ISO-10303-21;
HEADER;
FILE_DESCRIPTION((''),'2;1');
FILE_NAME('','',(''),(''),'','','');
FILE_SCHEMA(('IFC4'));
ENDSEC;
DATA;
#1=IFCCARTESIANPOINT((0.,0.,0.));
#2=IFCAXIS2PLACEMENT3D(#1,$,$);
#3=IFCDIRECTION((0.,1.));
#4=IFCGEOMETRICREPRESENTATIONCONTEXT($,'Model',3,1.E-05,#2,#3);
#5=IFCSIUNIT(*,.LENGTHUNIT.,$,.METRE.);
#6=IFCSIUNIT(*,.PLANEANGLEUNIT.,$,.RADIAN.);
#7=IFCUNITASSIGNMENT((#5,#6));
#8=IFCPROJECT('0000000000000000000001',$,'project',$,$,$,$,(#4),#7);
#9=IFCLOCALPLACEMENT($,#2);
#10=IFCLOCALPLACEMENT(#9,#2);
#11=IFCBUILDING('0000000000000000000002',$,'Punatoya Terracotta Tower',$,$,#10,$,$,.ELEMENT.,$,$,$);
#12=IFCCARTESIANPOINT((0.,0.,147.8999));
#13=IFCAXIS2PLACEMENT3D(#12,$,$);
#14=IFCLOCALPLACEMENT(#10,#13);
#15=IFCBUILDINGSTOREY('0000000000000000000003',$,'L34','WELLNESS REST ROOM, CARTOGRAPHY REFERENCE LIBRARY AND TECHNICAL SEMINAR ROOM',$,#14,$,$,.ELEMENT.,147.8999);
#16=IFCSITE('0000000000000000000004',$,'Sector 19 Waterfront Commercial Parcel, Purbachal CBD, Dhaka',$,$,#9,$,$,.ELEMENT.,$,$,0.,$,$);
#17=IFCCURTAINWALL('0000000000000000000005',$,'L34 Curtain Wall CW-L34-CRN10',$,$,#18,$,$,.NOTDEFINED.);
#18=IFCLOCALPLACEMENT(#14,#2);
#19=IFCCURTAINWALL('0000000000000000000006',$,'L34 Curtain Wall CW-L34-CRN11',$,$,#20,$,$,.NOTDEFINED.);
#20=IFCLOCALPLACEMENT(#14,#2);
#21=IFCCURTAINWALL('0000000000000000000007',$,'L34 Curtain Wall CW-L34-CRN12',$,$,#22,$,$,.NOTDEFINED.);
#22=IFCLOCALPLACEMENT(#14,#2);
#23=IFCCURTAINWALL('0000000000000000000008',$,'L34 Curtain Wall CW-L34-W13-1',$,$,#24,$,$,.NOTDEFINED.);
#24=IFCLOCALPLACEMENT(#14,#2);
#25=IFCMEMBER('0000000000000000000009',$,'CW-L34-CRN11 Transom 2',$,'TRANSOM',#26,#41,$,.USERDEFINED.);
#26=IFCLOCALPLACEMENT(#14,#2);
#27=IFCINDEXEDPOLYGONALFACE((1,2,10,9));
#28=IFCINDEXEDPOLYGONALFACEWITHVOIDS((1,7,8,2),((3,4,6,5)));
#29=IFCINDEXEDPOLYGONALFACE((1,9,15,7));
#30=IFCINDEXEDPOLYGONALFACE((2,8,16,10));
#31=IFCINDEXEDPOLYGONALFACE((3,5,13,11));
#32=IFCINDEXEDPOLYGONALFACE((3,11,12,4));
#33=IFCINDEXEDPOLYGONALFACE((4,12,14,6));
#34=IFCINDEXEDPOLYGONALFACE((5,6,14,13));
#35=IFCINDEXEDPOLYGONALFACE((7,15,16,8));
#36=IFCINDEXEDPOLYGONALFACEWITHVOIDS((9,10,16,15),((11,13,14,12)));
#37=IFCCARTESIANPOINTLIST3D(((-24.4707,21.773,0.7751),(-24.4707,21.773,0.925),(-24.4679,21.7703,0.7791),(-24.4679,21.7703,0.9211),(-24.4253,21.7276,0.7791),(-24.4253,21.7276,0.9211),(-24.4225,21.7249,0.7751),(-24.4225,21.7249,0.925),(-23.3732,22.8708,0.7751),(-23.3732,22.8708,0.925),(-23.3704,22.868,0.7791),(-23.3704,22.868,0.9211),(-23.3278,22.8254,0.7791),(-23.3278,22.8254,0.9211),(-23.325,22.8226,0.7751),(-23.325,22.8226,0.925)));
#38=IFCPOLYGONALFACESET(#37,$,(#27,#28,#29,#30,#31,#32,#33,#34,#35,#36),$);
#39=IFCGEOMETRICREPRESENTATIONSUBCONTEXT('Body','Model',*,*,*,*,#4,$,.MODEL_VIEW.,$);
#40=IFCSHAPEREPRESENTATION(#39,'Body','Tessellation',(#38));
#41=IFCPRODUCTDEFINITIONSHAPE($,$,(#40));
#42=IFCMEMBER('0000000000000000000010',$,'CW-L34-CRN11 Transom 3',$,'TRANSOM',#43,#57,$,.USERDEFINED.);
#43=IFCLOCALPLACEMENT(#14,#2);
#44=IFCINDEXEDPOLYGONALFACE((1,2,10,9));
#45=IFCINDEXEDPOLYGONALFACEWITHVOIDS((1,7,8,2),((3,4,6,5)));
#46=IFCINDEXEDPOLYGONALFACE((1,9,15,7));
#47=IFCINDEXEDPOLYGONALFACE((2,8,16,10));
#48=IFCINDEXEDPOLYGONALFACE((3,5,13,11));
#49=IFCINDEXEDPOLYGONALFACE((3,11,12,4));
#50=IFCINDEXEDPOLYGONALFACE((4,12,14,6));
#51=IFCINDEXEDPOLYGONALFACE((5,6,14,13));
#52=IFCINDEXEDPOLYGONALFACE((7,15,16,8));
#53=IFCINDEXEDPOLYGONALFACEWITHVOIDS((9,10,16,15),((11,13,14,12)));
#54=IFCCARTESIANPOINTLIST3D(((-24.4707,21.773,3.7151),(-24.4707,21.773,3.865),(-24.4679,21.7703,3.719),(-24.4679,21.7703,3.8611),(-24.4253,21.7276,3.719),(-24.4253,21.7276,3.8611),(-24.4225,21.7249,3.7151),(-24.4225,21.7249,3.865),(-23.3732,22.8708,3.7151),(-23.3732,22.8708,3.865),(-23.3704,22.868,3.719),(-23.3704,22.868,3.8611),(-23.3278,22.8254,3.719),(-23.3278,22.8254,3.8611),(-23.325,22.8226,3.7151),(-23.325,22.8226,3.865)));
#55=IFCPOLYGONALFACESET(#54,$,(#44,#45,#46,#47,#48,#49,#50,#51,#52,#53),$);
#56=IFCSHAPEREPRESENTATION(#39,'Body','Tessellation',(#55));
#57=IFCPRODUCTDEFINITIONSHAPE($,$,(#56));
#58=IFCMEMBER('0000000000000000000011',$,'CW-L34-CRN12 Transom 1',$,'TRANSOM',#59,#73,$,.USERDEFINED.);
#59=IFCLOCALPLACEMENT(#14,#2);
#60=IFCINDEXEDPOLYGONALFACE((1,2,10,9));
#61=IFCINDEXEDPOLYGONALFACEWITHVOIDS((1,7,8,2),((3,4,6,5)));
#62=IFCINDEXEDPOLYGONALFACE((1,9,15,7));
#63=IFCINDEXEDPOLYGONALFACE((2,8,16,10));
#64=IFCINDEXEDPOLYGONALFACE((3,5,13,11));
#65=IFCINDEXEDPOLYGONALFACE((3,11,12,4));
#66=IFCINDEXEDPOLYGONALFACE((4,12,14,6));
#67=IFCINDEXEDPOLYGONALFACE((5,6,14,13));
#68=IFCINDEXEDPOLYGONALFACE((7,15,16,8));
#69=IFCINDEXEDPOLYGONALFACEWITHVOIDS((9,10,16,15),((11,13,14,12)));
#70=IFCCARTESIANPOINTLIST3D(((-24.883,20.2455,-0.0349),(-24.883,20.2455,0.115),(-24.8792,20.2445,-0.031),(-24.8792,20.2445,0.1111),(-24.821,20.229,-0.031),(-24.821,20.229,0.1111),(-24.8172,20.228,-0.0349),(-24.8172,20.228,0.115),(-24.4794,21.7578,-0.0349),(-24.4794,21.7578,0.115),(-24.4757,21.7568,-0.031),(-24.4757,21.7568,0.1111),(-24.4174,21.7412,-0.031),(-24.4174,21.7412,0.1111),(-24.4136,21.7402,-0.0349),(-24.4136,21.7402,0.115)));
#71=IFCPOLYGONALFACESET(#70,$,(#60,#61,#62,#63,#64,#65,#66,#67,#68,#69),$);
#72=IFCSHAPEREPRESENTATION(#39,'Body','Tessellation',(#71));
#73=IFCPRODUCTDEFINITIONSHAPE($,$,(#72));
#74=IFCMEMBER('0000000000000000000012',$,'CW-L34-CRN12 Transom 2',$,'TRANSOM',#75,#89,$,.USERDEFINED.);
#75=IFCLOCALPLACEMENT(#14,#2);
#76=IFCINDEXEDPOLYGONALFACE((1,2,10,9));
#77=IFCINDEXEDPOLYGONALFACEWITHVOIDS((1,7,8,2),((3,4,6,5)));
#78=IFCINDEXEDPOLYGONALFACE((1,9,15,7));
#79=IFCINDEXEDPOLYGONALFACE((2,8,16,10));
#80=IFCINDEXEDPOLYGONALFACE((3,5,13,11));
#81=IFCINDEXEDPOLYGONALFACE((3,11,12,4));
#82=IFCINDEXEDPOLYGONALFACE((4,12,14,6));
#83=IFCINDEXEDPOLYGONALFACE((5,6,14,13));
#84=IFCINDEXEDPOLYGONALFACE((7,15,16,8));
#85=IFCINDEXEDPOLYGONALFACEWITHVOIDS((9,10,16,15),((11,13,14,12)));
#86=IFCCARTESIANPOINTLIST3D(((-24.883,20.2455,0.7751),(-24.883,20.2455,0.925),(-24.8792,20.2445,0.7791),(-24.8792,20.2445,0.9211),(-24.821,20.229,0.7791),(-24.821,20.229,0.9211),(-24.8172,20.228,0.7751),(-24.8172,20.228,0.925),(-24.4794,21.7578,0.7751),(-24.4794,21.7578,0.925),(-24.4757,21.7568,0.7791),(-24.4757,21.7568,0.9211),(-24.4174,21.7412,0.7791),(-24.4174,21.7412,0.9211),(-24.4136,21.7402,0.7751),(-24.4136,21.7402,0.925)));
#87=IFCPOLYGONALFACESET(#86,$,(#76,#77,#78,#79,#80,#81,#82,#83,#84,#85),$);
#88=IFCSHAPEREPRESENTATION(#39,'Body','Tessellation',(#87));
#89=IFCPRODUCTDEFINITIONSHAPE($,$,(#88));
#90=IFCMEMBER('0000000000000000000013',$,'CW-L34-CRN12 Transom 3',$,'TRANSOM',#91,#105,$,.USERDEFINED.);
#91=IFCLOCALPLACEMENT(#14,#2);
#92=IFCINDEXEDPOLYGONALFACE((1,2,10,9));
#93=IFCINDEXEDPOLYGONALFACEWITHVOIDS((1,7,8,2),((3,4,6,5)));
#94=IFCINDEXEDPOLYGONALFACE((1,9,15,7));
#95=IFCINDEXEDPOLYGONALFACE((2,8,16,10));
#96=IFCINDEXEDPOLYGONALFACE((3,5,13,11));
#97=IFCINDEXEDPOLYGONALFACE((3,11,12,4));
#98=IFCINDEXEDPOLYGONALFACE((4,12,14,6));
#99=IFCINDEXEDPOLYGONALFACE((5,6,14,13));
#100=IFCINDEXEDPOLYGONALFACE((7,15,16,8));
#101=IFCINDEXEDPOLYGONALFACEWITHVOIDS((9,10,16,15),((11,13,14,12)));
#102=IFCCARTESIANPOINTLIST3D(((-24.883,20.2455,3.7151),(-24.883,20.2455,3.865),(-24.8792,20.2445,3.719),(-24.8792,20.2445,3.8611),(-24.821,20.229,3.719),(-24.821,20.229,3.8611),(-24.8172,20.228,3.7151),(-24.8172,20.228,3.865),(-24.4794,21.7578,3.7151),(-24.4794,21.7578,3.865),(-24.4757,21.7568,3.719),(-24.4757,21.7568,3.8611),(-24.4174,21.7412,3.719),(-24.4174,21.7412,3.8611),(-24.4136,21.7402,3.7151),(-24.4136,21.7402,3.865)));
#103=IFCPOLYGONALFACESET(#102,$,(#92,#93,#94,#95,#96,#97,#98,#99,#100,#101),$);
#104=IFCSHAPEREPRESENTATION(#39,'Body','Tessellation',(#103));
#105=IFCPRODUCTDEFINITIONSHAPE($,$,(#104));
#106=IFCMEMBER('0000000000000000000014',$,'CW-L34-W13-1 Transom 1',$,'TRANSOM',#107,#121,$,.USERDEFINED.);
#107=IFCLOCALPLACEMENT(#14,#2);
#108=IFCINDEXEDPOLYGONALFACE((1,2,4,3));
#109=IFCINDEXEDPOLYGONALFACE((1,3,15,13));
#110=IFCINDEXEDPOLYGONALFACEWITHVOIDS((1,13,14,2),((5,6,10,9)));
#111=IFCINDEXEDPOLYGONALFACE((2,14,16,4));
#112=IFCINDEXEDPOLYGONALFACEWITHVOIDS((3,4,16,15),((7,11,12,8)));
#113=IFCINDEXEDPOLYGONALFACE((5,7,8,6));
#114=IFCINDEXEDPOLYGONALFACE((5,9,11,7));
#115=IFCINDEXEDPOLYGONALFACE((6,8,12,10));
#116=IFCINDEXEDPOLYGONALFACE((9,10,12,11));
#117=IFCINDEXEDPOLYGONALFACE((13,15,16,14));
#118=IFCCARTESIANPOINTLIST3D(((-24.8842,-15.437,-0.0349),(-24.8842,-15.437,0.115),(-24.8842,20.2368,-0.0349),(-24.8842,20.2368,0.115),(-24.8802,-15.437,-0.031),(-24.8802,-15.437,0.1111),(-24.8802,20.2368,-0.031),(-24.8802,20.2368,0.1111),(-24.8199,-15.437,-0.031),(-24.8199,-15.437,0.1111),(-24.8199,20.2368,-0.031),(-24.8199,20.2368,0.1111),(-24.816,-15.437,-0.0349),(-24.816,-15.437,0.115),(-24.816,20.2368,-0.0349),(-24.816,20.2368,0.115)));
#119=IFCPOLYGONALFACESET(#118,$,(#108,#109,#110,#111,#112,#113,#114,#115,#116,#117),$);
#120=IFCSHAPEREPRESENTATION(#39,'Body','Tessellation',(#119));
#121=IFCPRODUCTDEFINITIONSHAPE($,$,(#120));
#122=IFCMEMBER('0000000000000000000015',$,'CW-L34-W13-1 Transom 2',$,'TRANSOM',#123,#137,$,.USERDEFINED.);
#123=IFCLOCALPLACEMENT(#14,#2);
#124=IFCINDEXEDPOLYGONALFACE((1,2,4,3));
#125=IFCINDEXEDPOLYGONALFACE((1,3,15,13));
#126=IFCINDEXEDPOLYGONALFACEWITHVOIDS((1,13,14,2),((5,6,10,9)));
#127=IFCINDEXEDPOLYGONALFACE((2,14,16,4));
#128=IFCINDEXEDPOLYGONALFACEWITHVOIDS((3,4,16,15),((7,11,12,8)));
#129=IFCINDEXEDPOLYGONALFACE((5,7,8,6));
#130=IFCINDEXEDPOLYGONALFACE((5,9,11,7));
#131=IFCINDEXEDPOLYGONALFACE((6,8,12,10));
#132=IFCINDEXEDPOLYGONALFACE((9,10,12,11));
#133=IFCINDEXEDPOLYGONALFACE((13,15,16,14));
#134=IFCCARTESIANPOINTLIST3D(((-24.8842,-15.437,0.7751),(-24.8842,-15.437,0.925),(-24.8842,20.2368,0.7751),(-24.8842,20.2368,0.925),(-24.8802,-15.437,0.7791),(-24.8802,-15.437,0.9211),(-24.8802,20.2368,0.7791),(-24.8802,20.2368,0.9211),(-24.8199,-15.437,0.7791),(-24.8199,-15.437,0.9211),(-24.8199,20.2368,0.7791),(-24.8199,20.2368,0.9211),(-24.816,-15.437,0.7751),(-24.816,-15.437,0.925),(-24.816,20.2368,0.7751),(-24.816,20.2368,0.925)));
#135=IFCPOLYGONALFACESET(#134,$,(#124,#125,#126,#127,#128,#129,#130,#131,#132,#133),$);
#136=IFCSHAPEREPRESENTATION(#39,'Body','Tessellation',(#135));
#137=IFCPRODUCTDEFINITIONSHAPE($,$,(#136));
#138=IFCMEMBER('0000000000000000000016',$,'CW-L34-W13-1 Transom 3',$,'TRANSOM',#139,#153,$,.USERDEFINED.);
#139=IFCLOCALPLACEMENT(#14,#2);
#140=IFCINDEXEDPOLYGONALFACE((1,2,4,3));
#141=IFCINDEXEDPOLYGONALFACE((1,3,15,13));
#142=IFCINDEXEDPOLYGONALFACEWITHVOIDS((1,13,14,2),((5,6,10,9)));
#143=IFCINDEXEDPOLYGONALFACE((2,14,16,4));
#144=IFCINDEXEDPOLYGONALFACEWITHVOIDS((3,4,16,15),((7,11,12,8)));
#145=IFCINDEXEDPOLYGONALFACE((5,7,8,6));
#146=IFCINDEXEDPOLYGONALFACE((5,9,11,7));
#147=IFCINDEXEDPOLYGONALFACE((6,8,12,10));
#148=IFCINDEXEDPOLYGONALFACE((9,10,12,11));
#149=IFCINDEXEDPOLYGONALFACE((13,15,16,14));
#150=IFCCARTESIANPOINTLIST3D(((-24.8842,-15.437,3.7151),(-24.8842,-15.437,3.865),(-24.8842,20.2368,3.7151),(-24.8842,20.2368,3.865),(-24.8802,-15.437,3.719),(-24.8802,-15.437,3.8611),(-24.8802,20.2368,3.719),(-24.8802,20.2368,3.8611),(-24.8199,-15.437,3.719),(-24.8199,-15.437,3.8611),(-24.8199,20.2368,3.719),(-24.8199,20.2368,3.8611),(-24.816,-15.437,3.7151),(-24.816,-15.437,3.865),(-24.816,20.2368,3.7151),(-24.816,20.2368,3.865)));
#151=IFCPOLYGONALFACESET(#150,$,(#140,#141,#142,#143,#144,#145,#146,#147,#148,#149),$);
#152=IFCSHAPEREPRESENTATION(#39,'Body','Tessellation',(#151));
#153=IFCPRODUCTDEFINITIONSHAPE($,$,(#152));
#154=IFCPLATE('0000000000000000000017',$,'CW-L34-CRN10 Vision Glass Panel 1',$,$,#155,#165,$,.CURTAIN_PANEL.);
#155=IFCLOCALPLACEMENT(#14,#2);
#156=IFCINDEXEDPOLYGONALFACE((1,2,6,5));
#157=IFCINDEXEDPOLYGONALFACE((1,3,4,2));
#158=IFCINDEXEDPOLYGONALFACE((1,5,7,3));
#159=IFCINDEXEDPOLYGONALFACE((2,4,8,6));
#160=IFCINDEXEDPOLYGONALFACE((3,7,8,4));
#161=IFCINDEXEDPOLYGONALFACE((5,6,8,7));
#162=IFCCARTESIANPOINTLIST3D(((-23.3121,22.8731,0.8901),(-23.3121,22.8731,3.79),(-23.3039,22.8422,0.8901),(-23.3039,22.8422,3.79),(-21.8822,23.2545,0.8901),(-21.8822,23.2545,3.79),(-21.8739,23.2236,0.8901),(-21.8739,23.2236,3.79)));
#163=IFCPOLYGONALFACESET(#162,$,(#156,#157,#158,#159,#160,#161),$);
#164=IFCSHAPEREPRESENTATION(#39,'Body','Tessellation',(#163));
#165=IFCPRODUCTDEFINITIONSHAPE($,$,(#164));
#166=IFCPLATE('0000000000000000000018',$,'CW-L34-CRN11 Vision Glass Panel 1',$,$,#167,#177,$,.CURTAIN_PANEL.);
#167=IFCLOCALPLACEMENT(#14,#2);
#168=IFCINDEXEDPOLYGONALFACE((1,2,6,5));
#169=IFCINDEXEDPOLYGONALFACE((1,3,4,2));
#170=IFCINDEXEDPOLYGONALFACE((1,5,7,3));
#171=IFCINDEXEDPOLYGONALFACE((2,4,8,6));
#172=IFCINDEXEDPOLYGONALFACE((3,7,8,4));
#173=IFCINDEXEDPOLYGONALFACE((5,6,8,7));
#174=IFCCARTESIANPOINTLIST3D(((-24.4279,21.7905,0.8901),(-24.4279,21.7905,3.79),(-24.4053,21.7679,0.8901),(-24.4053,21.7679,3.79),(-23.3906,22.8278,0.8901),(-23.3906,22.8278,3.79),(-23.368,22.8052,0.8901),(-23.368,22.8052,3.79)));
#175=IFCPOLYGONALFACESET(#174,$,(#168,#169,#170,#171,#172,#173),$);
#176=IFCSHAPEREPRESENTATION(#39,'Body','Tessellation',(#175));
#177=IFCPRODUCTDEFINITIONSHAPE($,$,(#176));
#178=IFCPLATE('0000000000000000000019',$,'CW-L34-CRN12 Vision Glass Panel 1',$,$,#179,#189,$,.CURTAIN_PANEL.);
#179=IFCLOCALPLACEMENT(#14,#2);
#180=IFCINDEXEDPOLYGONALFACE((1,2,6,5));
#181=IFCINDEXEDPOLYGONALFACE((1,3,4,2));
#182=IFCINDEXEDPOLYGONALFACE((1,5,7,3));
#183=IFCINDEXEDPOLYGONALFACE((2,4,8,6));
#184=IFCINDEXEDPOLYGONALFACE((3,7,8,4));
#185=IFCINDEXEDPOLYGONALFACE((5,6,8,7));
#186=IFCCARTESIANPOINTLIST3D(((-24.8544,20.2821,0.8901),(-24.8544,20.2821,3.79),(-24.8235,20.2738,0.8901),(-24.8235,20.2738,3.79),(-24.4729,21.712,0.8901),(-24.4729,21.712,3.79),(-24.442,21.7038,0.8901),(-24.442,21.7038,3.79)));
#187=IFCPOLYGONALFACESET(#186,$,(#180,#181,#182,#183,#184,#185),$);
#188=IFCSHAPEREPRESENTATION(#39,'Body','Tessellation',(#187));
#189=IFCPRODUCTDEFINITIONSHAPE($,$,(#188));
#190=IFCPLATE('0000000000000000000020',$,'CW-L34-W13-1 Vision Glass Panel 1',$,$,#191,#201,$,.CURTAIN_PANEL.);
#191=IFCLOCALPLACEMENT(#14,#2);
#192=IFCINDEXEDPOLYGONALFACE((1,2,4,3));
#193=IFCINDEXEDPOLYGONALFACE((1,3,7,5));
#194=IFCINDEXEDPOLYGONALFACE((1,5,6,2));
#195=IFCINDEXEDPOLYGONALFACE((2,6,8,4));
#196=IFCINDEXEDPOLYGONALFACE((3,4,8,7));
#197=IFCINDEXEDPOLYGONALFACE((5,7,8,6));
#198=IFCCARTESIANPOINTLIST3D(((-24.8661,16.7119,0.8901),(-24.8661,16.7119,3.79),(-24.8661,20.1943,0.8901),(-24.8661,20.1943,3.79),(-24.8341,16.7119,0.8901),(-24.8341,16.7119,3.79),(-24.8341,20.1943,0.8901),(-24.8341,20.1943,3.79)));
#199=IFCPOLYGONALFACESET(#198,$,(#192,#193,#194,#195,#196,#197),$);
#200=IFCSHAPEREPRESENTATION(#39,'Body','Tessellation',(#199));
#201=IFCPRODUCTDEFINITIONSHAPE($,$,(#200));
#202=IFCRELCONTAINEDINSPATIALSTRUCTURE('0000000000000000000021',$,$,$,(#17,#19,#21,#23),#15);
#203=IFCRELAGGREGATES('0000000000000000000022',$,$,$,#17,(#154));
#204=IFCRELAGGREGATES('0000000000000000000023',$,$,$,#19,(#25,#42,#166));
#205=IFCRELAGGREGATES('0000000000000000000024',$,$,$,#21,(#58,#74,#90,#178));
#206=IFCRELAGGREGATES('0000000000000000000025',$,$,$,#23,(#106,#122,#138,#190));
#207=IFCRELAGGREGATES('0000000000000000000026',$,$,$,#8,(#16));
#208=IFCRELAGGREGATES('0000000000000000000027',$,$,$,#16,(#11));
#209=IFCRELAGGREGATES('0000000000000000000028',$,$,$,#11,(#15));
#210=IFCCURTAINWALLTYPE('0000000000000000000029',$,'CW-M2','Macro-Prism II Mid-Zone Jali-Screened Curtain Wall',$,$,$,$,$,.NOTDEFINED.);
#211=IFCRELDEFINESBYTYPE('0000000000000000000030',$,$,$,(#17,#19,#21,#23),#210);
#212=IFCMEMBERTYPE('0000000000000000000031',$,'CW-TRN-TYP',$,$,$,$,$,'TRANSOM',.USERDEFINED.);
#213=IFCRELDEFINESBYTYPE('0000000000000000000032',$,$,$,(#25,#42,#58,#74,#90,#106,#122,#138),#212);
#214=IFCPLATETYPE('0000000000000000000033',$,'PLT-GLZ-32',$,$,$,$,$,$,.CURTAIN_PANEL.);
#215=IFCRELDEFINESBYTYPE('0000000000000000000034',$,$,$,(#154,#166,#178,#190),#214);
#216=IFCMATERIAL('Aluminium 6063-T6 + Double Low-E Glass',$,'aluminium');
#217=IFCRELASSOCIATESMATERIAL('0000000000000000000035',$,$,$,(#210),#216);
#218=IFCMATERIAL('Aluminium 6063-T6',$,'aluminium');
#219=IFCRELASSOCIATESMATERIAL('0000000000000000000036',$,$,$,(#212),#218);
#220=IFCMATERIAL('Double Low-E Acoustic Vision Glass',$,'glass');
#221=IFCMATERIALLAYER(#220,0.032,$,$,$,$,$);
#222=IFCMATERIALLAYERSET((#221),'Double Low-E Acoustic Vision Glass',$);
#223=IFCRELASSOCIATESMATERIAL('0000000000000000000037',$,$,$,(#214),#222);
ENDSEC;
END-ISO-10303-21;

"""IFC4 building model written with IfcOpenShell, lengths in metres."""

from ifc_helpers import new_model, si_unit, direction, frame, origin, origin_2d, place, context, subcontext, project, spatial, rectangle, hollow_rectangle, extrude, material, layer, layer_set, material_profile, profile_set, type_object, element, aggregate, save


model = new_model("IFC4")

# Units and contexts
model_context = context("Model", 3, precision=1e-05, world=origin(), true_north=direction((0.0, 1.0)))
body_context = subcontext(model_context, "Body", "Model", "MODEL_VIEW")
ifc_project = project(units=[si_unit("LENGTHUNIT", "METRE"), si_unit("PLANEANGLEUNIT", "RADIAN")], contexts=[model_context])

# Site, building, storey
site_placement = place(None, origin())
site = spatial("IfcSite", under=ifc_project, at=site_placement, Name="Sector 19 Waterfront Commercial Parcel, Purbachal CBD, Dhaka", CompositionType="ELEMENT", RefElevation=0.0)
building_placement = place(site_placement, origin())
building = spatial("IfcBuilding", under=site, at=building_placement, Name="Punatoya Terracotta Tower", CompositionType="ELEMENT")
storey_placement = place(building_placement, frame((0.0, 0.0, 147.8999)))
storey = spatial("IfcBuildingStorey", under=building, at=storey_placement, Name="L34", Description="WELLNESS REST ROOM, CARTOGRAPHY REFERENCE LIBRARY AND TECHNICAL SEMINAR ROOM", CompositionType="ELEMENT", Elevation=147.8999)

# Curtain walls
ifc_material_1 = material(Name="Aluminium 6063-T6 + Double Low-E Glass", Category="aluminium")
curtain_wall_type = type_object("IfcCurtainWallType", Name="CW-M2", Description="Macro-Prism II Mid-Zone Jali-Screened Curtain Wall", PredefinedType="NOTDEFINED", material=ifc_material_1)
curtain_wall_1_placement = place(storey_placement, origin())
curtain_wall_1 = element("IfcCurtainWall", 1, at=curtain_wall_1_placement, inside=storey, type_object=curtain_wall_type, Name="L34 Curtain Wall CW-L34-CRN10", PredefinedType="NOTDEFINED")
ifc_material_2 = material(Name="Aluminium 6063-T6", Category="aluminium")
curtain_wall_2_placement = place(storey_placement, origin())
curtain_wall_2 = element("IfcCurtainWall", 2, at=curtain_wall_2_placement, inside=storey, type_object=curtain_wall_type, Name="L34 Curtain Wall CW-L34-CRN11", PredefinedType="NOTDEFINED")
curtain_wall_3_placement = place(storey_placement, origin())
curtain_wall_3 = element("IfcCurtainWall", 3, at=curtain_wall_3_placement, inside=storey, type_object=curtain_wall_type, Name="L34 Curtain Wall CW-L34-CRN12", PredefinedType="NOTDEFINED")

# Curtain wall
curtain_wall_4_placement = place(storey_placement, origin())
curtain_wall_4 = element("IfcCurtainWall", 4, at=curtain_wall_4_placement, inside=storey, type_object=curtain_wall_type, Name="L34 Curtain Wall CW-L34-W13-1", PredefinedType="NOTDEFINED")

# Members
ifc_material_profile_1 = material_profile(ifc_material_2, hollow_rectangle(XDim=0.0681, YDim=0.1499, WallThickness=0.0039, at=origin_2d()))
ifc_profile_set_1 = profile_set([ifc_material_profile_1], Name="Aluminium 6063-T6")
member_type_1 = type_object("IfcMemberType", Name="CW-TRN-TYP", ElementType="TRANSOM", PredefinedType="USERDEFINED", material=ifc_profile_set_1)
member_1_placement = place(storey_placement, frame((-23.3491, 22.8467, 0.8501), z_axis=(-0.707028, -0.707185, 0.0), x_axis=(0.707185, -0.707028, 0.0)))
member_1 = element("IfcMember", 5, at=member_1_placement, type_object=member_type_1, Name="CW-L34-CRN11 Transom 2", ObjectType="TRANSOM", PredefinedType="USERDEFINED", context=body_context, shape_type="SweptSolid", body=[
    extrude(hollow_rectangle(XDim=0.0681, YDim=0.1499, WallThickness=0.0039, at=origin_2d()), origin(), (0.0, 0.0, 1.0), 1.5522),
])
member_2_placement = place(storey_placement, frame((-23.3491, 22.8467, 3.79), z_axis=(-0.707028, -0.707185, 0.0), x_axis=(0.707185, -0.707028, 0.0)))
member_2 = element("IfcMember", 6, at=member_2_placement, type_object=member_type_1, Name="CW-L34-CRN11 Transom 3", ObjectType="TRANSOM", PredefinedType="USERDEFINED", context=body_context, shape_type="SweptSolid", body=[
    extrude(hollow_rectangle(XDim=0.0681, YDim=0.1499, WallThickness=0.0039, at=origin_2d()), origin(), (0.0, 0.0, 1.0), 1.5522),
])
member_3_placement = place(storey_placement, frame((-24.4465, 21.749, 0.04), z_axis=(-0.257847, -0.966186, 0.0), x_axis=(0.966186, -0.257847, 0.0)))
member_3 = element("IfcMember", 7, at=member_3_placement, type_object=member_type_1, Name="CW-L34-CRN12 Transom 1", ObjectType="TRANSOM", PredefinedType="USERDEFINED", context=body_context, shape_type="SweptSolid", body=[
    extrude(hollow_rectangle(XDim=0.0681, YDim=0.1499, WallThickness=0.0039, at=origin_2d()), origin(), (0.0, 0.0, 1.0), 1.5652),
])
member_4_placement = place(storey_placement, frame((-24.4465, 21.749, 0.8501), z_axis=(-0.257847, -0.966186, 0.0), x_axis=(0.966186, -0.257847, 0.0)))
member_4 = element("IfcMember", 8, at=member_4_placement, type_object=member_type_1, Name="CW-L34-CRN12 Transom 2", ObjectType="TRANSOM", PredefinedType="USERDEFINED", context=body_context, shape_type="SweptSolid", body=[
    extrude(hollow_rectangle(XDim=0.0681, YDim=0.1499, WallThickness=0.0039, at=origin_2d()), origin(), (0.0, 0.0, 1.0), 1.5652),
])
member_5_placement = place(storey_placement, frame((-24.4465, 21.749, 3.79), z_axis=(-0.257847, -0.966186, 0.0), x_axis=(0.966186, -0.257847, 0.0)))
member_5 = element("IfcMember", 9, at=member_5_placement, type_object=member_type_1, Name="CW-L34-CRN12 Transom 3", ObjectType="TRANSOM", PredefinedType="USERDEFINED", context=body_context, shape_type="SweptSolid", body=[
    extrude(hollow_rectangle(XDim=0.0681, YDim=0.1499, WallThickness=0.0039, at=origin_2d()), origin(), (0.0, 0.0, 1.0), 1.5652),
])
member_6_placement = place(storey_placement, frame((-24.8501, 20.2368, 0.04), z_axis=(0.0, -1.0, 0.0), x_axis=(1.0, 0.0, 0.0)))
member_6 = element("IfcMember", 10, at=member_6_placement, type_object=member_type_1, Name="CW-L34-W13-1 Transom 1", ObjectType="TRANSOM", PredefinedType="USERDEFINED", context=body_context, shape_type="SweptSolid", body=[
    extrude(hollow_rectangle(XDim=0.0681, YDim=0.1499, WallThickness=0.0039, at=origin_2d()), origin(), (0.0, 0.0, 1.0), 35.6738),
])
member_7_placement = place(storey_placement, frame((-24.8501, 20.2368, 0.8501), z_axis=(0.0, -1.0, 0.0), x_axis=(1.0, 0.0, 0.0)))
member_7 = element("IfcMember", 11, at=member_7_placement, type_object=member_type_1, Name="CW-L34-W13-1 Transom 2", ObjectType="TRANSOM", PredefinedType="USERDEFINED", context=body_context, shape_type="SweptSolid", body=[
    extrude(hollow_rectangle(XDim=0.0681, YDim=0.1499, WallThickness=0.0039, at=origin_2d()), origin(), (0.0, 0.0, 1.0), 35.6738),
])
member_8_placement = place(storey_placement, frame((-24.8501, 20.2368, 3.79), z_axis=(0.0, -1.0, 0.0), x_axis=(1.0, 0.0, 0.0)))
member_8 = element("IfcMember", 12, at=member_8_placement, type_object=member_type_1, Name="CW-L34-W13-1 Transom 3", ObjectType="TRANSOM", PredefinedType="USERDEFINED", context=body_context, shape_type="SweptSolid", body=[
    extrude(hollow_rectangle(XDim=0.0681, YDim=0.1499, WallThickness=0.0039, at=origin_2d()), origin(), (0.0, 0.0, 1.0), 35.6738),
])

# Plates
ifc_material_3 = material(Name="Double Low-E Acoustic Vision Glass", Category="glass")
ifc_layer_1 = layer(ifc_material_3, 0.032)
ifc_layer_set_1 = layer_set([ifc_layer_1], Name="Double Low-E Acoustic Vision Glass")
plate_type_1 = type_object("IfcPlateType", Name="PLT-GLZ-32", PredefinedType="CURTAIN_PANEL", material=ifc_layer_set_1)
plate_1_placement = place(storey_placement, frame((-22.593, 23.0483, 0.8901), z_axis=(0.0, 0.0, 1.0), x_axis=(-0.966214, -0.257742, 0.0)))
plate_1 = element("IfcPlate", 13, at=plate_1_placement, type_object=plate_type_1, Name="CW-L34-CRN10 Vision Glass Panel 1", PredefinedType="CURTAIN_PANEL", context=body_context, shape_type="SweptSolid", body=[
    extrude(rectangle(XDim=1.48, YDim=0.032, at=origin_2d()), origin(), (0.0, 0.0, 1.0), 2.8999),
])
plate_2_placement = place(storey_placement, frame((-23.8979, 22.2979, 0.8901), z_axis=(0.0, 0.0, 1.0), x_axis=(-0.707107, -0.707107, 0.0)))
plate_2 = element("IfcPlate", 14, at=plate_2_placement, type_object=plate_type_1, Name="CW-L34-CRN11 Vision Glass Panel 1", PredefinedType="CURTAIN_PANEL", context=body_context, shape_type="SweptSolid", body=[
    extrude(rectangle(XDim=1.467, YDim=0.032, at=origin_2d()), origin(), (0.0, 0.0, 1.0), 2.8999),
])
plate_3_placement = place(storey_placement, frame((-24.6482, 20.9929, 0.8901), z_axis=(0.0, 0.0, 1.0), x_axis=(-0.257742, -0.966214, 0.0)))
plate_3 = element("IfcPlate", 15, at=plate_3_placement, type_object=plate_type_1, Name="CW-L34-CRN12 Vision Glass Panel 1", PredefinedType="CURTAIN_PANEL", context=body_context, shape_type="SweptSolid", body=[
    extrude(rectangle(XDim=1.48, YDim=0.032, at=origin_2d()), origin(), (0.0, 0.0, 1.0), 2.8999),
])
plate_4_placement = place(storey_placement, frame((-24.8501, 18.4531, 0.8901), z_axis=(0.0, 0.0, 1.0), x_axis=(0.0, -1.0, 0.0)))
plate_4 = element("IfcPlate", 16, at=plate_4_placement, type_object=plate_type_1, Name="CW-L34-W13-1 Vision Glass Panel 1", PredefinedType="CURTAIN_PANEL", context=body_context, shape_type="SweptSolid", body=[
    extrude(rectangle(XDim=3.4824, YDim=0.032, at=origin_2d()), origin(), (0.0, 0.0, 1.0), 2.8999),
])
aggregate(curtain_wall_1, [plate_1])
aggregate(curtain_wall_2, [member_1, member_2, plate_2])
aggregate(curtain_wall_3, [member_3, member_4, member_5, plate_3])
aggregate(curtain_wall_4, [member_6, member_7, member_8, plate_4])

save(model, "model.ifc")
